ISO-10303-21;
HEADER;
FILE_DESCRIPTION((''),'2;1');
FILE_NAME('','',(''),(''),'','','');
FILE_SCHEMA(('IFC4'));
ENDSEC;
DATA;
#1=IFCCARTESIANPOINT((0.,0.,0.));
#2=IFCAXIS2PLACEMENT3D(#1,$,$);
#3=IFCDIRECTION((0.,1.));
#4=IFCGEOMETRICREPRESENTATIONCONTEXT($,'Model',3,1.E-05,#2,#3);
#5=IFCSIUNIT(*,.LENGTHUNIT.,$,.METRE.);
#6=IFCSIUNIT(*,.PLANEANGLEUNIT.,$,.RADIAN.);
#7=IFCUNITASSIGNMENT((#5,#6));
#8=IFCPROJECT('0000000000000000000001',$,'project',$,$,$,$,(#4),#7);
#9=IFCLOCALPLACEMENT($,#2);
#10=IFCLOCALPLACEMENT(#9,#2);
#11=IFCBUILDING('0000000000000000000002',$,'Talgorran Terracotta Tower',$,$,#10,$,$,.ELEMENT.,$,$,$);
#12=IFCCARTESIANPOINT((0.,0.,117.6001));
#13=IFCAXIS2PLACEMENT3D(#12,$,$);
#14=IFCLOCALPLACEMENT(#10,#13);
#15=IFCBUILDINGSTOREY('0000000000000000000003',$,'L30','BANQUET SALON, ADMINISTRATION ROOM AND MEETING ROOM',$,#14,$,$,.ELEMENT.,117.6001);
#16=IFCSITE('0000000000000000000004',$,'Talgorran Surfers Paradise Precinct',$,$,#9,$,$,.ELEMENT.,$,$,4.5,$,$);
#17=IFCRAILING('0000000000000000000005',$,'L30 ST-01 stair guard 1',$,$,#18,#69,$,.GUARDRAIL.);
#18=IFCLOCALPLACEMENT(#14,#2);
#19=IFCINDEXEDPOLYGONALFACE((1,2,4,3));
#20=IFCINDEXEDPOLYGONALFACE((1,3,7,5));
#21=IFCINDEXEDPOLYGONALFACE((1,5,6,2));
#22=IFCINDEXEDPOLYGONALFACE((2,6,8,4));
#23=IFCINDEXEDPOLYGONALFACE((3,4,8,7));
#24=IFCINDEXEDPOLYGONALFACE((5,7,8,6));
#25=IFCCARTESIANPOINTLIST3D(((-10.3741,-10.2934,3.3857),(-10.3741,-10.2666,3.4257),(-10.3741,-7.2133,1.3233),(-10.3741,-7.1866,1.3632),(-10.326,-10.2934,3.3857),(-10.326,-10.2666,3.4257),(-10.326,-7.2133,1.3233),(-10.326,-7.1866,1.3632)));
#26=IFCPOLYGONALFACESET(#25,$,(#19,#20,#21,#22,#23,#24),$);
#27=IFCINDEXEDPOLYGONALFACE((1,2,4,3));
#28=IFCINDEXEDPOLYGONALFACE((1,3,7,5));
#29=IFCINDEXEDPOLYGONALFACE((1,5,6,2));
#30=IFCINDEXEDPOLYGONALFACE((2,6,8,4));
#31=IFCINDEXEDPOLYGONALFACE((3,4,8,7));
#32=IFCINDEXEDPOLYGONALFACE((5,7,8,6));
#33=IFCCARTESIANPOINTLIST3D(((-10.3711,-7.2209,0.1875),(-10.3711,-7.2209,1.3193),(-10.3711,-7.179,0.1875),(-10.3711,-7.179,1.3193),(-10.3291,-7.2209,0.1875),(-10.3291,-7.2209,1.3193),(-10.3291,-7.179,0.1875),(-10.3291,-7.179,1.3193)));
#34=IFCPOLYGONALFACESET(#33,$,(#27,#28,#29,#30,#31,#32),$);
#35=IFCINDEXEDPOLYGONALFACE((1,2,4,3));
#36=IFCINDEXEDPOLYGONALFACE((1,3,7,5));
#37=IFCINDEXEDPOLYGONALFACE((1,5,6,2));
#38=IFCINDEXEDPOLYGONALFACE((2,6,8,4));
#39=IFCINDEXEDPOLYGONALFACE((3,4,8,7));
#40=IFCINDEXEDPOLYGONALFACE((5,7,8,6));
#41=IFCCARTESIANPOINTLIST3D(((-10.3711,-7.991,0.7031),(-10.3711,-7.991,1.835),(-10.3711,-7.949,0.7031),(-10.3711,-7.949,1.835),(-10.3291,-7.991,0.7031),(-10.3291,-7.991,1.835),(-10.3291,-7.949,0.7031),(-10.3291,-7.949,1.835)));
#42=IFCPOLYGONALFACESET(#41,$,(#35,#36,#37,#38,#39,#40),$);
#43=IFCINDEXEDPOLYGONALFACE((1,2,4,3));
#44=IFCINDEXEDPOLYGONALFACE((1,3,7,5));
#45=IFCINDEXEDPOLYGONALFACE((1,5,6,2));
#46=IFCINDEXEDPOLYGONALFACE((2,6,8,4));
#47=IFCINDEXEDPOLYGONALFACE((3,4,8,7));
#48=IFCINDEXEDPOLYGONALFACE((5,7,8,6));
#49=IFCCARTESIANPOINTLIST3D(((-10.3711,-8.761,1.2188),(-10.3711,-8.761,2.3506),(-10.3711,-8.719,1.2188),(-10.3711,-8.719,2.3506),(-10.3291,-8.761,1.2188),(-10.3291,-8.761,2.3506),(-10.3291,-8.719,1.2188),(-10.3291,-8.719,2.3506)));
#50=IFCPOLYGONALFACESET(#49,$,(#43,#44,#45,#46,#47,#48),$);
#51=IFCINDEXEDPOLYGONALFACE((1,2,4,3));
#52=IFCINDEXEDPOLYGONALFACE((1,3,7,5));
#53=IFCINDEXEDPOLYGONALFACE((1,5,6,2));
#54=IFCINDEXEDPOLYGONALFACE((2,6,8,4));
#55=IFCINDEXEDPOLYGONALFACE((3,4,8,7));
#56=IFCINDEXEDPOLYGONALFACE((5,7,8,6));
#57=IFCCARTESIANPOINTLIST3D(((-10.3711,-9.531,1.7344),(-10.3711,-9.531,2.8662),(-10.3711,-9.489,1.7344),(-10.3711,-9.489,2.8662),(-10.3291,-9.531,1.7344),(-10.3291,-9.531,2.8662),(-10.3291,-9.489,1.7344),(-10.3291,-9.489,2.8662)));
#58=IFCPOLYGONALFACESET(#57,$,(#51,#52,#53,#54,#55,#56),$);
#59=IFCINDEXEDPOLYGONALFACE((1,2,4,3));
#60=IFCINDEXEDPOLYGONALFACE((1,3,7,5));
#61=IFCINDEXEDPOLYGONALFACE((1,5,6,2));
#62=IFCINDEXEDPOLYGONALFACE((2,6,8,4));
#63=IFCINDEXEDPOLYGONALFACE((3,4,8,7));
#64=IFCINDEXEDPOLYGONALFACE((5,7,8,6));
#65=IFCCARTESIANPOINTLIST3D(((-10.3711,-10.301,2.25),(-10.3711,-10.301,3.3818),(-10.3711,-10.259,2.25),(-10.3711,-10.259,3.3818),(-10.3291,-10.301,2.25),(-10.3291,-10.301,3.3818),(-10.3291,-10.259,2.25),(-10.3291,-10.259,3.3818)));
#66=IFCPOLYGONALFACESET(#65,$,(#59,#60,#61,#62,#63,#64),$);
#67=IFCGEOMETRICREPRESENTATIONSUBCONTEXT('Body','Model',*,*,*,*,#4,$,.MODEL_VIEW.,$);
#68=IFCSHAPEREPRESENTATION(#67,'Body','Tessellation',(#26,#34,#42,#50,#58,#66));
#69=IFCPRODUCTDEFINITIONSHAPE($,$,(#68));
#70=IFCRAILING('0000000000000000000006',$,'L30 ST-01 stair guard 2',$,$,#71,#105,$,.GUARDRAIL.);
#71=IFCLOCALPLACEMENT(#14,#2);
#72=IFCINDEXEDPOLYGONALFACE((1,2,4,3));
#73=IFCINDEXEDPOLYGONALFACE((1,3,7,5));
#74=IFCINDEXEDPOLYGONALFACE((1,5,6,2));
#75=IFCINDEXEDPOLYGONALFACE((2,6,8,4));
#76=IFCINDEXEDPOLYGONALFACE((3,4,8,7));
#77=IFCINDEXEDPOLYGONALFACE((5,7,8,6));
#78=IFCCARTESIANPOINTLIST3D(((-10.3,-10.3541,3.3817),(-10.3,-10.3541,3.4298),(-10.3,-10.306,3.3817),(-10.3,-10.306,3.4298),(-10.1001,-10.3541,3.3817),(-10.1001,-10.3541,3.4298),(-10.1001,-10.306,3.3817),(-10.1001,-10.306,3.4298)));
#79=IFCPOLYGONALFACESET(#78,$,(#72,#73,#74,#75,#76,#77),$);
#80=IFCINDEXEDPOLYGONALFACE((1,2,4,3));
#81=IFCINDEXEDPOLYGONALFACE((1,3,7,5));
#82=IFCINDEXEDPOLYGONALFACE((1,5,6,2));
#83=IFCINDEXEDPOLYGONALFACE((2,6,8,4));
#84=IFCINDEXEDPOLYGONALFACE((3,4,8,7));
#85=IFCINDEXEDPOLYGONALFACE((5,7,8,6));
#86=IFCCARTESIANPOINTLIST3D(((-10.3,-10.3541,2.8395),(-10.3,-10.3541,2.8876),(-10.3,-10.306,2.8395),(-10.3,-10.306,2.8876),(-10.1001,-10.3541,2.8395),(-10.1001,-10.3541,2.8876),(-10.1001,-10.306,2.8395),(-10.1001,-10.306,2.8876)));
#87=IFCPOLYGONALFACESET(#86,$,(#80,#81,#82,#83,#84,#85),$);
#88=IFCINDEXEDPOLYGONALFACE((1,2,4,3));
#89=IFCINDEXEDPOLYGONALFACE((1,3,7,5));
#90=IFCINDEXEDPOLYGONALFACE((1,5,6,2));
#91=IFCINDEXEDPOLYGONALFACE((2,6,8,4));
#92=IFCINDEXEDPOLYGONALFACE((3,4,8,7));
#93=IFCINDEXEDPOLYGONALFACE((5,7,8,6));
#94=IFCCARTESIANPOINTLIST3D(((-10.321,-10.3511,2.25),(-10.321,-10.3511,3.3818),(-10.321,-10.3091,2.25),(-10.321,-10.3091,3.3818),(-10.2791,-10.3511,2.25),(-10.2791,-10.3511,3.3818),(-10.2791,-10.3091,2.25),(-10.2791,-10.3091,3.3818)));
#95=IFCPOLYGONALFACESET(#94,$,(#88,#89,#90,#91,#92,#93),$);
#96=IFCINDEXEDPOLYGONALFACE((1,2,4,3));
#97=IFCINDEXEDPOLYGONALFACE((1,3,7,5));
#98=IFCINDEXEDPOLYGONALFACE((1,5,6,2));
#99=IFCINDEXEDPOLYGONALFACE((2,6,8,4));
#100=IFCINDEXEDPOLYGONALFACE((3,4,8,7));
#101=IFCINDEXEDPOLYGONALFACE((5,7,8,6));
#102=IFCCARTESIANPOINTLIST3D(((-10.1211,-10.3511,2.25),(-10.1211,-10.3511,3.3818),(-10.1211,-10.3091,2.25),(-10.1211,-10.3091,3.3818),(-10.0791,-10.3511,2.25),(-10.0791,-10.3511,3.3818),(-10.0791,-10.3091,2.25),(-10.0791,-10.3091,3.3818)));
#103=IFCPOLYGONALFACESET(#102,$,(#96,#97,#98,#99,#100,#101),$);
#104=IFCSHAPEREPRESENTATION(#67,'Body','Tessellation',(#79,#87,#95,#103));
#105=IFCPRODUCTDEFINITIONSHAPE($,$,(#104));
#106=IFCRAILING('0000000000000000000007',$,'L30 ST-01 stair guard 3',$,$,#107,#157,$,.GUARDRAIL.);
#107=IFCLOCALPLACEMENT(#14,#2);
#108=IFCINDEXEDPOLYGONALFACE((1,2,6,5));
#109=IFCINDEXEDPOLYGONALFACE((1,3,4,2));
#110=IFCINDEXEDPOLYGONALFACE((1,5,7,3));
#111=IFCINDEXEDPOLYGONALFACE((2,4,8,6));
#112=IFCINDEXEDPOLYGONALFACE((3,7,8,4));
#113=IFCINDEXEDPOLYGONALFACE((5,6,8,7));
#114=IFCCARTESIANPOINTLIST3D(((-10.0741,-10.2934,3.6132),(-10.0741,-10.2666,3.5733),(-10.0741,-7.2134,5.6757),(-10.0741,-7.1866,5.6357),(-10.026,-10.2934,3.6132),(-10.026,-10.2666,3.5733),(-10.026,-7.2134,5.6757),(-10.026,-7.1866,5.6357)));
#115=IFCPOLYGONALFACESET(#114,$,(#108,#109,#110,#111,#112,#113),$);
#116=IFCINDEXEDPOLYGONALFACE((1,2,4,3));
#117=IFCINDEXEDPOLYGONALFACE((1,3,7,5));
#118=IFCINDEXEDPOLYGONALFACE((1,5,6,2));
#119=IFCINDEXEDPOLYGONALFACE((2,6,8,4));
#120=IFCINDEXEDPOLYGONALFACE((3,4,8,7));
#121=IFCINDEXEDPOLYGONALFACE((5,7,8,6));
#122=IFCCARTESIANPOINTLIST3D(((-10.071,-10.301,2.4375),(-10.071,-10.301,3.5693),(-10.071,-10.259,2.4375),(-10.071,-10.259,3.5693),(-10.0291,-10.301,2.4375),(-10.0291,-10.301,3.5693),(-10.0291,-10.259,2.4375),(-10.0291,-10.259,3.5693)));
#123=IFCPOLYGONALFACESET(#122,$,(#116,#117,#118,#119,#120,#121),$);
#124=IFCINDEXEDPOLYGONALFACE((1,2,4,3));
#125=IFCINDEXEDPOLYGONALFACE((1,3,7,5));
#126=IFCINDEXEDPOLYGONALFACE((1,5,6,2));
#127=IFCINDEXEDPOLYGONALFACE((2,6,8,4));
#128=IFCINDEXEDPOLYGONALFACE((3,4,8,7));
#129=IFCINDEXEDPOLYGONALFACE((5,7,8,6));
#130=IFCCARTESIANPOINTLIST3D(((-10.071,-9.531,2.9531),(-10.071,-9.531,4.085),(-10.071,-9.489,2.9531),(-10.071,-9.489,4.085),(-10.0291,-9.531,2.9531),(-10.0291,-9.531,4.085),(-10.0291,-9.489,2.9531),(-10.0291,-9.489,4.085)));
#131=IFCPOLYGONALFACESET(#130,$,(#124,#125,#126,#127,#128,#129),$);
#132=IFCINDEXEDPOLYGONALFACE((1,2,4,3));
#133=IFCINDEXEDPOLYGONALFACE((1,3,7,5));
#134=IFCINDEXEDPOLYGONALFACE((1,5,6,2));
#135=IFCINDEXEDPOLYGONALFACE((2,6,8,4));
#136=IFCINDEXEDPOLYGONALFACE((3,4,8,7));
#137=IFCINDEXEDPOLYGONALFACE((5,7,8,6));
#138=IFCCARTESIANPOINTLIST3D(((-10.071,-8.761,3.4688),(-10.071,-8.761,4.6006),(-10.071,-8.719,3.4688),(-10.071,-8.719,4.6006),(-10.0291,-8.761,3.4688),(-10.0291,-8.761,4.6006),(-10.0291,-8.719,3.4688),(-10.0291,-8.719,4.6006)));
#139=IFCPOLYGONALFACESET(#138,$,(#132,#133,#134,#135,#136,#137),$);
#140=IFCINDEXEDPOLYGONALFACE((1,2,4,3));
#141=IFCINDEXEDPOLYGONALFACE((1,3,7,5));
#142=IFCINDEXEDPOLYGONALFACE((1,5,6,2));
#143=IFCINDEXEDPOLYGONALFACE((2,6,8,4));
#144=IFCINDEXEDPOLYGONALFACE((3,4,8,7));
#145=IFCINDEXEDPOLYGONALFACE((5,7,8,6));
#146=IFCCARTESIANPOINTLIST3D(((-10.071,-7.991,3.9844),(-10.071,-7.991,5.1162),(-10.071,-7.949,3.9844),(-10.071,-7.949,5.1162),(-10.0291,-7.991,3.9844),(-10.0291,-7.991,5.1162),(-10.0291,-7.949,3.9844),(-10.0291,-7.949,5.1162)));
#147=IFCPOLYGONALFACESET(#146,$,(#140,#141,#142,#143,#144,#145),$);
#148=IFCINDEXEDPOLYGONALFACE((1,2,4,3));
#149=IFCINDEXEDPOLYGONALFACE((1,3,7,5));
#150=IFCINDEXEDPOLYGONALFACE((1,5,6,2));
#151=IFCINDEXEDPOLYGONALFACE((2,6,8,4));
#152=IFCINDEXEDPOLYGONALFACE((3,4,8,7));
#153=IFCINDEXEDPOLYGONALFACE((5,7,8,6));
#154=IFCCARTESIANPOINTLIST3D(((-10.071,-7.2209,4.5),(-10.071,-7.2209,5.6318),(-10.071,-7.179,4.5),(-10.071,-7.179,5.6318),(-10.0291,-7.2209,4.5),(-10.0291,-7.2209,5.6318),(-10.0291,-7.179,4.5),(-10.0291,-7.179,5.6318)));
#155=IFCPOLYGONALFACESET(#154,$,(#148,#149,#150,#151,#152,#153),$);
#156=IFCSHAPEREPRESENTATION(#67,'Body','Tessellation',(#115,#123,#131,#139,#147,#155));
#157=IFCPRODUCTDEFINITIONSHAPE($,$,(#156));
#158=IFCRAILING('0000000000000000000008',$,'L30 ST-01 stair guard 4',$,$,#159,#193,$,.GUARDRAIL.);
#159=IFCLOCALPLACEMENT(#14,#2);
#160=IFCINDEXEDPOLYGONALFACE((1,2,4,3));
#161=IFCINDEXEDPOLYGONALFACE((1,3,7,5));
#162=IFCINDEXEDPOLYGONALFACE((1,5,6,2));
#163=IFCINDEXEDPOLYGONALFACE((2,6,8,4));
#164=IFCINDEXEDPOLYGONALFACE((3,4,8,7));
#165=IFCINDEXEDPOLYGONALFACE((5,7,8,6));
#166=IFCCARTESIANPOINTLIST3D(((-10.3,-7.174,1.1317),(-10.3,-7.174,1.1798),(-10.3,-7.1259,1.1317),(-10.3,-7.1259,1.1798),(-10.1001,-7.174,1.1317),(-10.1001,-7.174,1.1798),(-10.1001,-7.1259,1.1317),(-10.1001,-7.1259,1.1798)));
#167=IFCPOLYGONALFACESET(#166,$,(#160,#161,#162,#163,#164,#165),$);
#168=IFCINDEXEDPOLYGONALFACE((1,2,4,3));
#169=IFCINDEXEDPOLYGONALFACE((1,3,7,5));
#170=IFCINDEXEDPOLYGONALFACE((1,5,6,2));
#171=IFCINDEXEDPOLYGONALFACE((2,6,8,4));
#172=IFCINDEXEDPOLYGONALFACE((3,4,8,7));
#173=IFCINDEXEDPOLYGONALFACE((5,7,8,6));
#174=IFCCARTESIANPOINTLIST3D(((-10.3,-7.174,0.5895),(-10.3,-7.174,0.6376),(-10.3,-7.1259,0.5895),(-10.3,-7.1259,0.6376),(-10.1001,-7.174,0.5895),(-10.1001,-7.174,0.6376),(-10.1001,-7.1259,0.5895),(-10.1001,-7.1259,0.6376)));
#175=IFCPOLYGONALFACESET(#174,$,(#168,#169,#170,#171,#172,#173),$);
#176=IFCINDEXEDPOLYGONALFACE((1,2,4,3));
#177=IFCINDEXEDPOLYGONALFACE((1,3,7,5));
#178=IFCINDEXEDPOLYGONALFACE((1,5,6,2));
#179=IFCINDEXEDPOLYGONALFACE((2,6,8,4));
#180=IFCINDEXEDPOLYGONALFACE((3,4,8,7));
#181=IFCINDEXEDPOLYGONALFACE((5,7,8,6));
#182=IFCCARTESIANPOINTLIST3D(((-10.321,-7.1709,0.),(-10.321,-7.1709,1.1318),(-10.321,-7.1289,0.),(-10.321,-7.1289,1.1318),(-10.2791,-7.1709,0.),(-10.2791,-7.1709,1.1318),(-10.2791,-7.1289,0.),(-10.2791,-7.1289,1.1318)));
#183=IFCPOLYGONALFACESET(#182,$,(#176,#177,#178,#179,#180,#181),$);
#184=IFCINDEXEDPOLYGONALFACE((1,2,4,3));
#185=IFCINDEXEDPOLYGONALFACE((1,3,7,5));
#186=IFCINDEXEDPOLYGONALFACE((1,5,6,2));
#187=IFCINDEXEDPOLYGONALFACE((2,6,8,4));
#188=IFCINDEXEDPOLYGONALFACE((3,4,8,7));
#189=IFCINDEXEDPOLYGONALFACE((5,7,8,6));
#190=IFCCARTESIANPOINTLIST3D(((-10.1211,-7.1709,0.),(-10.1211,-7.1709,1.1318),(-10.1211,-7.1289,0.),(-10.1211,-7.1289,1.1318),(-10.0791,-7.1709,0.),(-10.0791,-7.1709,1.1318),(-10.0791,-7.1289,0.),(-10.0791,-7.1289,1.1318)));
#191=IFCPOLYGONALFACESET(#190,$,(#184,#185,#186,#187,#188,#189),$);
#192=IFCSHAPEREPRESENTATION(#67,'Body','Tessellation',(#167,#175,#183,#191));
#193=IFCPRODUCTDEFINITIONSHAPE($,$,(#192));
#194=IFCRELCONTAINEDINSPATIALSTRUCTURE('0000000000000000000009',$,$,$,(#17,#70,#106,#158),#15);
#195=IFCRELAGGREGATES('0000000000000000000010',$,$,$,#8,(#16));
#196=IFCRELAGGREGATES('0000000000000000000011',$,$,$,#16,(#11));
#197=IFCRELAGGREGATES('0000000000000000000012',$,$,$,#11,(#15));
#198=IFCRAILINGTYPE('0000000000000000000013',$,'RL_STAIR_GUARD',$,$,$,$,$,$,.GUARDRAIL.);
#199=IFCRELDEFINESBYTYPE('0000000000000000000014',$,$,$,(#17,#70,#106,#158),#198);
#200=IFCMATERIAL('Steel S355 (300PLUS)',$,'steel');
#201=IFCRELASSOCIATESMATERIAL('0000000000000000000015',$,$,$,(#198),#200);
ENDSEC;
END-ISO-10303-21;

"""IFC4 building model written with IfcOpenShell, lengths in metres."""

from ifc_helpers import new_model, si_unit, direction, frame, origin, origin_2d, place, context, subcontext, project, spatial, rectangle, extrude, material, type_object, element, save


model = new_model("IFC4")

# Units and contexts
model_context = context("Model", 3, precision=1e-05, world=origin(), true_north=direction((0.0, 1.0)))
body_context = subcontext(model_context, "Body", "Model", "MODEL_VIEW")
ifc_project = project(units=[si_unit("LENGTHUNIT", "METRE"), si_unit("PLANEANGLEUNIT", "RADIAN")], contexts=[model_context])

# Site, building, storey
site_placement = place(None, origin())
site = spatial("IfcSite", under=ifc_project, at=site_placement, Name="Talgorran Surfers Paradise Precinct", CompositionType="ELEMENT", RefElevation=4.5)
building_placement = place(site_placement, origin())
building = spatial("IfcBuilding", under=site, at=building_placement, Name="Talgorran Terracotta Tower", CompositionType="ELEMENT")
storey_placement = place(building_placement, frame((0.0, 0.0, 117.6001)))
storey = spatial("IfcBuildingStorey", under=building, at=storey_placement, Name="L30", Description="BANQUET SALON, ADMINISTRATION ROOM AND MEETING ROOM", CompositionType="ELEMENT", Elevation=117.6001)

# Shared definitions
ifc_material_1 = material(Name="Steel S355 (300PLUS)", Category="steel")

# Railings
railing_type_1 = type_object("IfcRailingType", Name="RL_STAIR_GUARD", PredefinedType="GUARDRAIL", material=ifc_material_1)
railing_1_placement = place(storey_placement, frame((-10.3501, -7.2, 0.1875)))
element("IfcRailing", 1, at=railing_1_placement, inside=storey, type_object=railing_type_1, Name="L30 ST-01 stair guard 1", PredefinedType="GUARDRAIL", context=body_context, shape_type="SweptSolid", body=[
    extrude(rectangle(XDim=0.0481, YDim=0.0481, at=origin_2d()), frame((0.0, 0.0, 1.1558), z_axis=(0.0, -0.830914, 0.556401), x_axis=(1.0, 0.0, 0.0)), (0.0, 0.0, 1.0), 3.7068),
    extrude(rectangle(XDim=0.042, YDim=0.042, at=origin_2d()), origin(), (0.0, 0.0, 1.0), 1.1318),
    extrude(rectangle(XDim=0.042, YDim=0.042, at=origin_2d()), frame((0.0, -0.77, 0.5156)), (0.0, 0.0, 1.0), 1.1318),
    extrude(rectangle(XDim=0.042, YDim=0.042, at=origin_2d()), frame((0.0, -1.54, 1.0312)), (0.0, 0.0, 1.0), 1.1318),
    extrude(rectangle(XDim=0.042, YDim=0.042, at=origin_2d()), frame((0.0, -2.3101, 1.5469)), (0.0, 0.0, 1.0), 1.1318),
    extrude(rectangle(XDim=0.042, YDim=0.042, at=origin_2d()), frame((0.0, -3.0801, 2.0625)), (0.0, 0.0, 1.0), 1.1318),
])
railing_2_placement = place(storey_placement, frame((-10.3, -10.3301, 2.25)))
element("IfcRailing", 2, at=railing_2_placement, inside=storey, type_object=railing_type_1, Name="L30 ST-01 stair guard 2", PredefinedType="GUARDRAIL", context=body_context, shape_type="SweptSolid", body=[
    extrude(rectangle(XDim=0.0481, YDim=0.0481, at=origin_2d()), frame((0.0, 0.0, 1.1558), z_axis=(1.0, 0.0, 0.0), x_axis=(0.0, 1.0, 0.0)), (0.0, 0.0, 1.0), 0.2),
    extrude(rectangle(XDim=0.0481, YDim=0.0481, at=origin_2d()), frame((0.0, 0.0, 0.6135), z_axis=(1.0, 0.0, 0.0), x_axis=(0.0, 1.0, 0.0)), (0.0, 0.0, 1.0), 0.2),
    extrude(rectangle(XDim=0.042, YDim=0.042, at=origin_2d()), origin(), (0.0, 0.0, 1.0), 1.1318),
    extrude(rectangle(XDim=0.042, YDim=0.042, at=origin_2d()), frame((0.2, 0.0, 0.0)), (0.0, 0.0, 1.0), 1.1318),
])
railing_3_placement = place(storey_placement, frame((-10.05, -10.28, 2.4375)))
element("IfcRailing", 3, at=railing_3_placement, inside=storey, type_object=railing_type_1, Name="L30 ST-01 stair guard 3", PredefinedType="GUARDRAIL", context=body_context, shape_type="SweptSolid", body=[
    extrude(rectangle(XDim=0.0481, YDim=0.0481, at=origin_2d()), frame((0.0, 0.0, 1.1558), z_axis=(0.0, 0.830914, 0.556401), x_axis=(-1.0, 0.0, 0.0)), (0.0, 0.0, 1.0), 3.7068),
    extrude(rectangle(XDim=0.042, YDim=0.042, at=origin_2d()), origin(), (0.0, 0.0, 1.0), 1.1318),
    extrude(rectangle(XDim=0.042, YDim=0.042, at=origin_2d()), frame((0.0, 0.77, 0.5156)), (0.0, 0.0, 1.0), 1.1318),
    extrude(rectangle(XDim=0.042, YDim=0.042, at=origin_2d()), frame((0.0, 1.54, 1.0312)), (0.0, 0.0, 1.0), 1.1318),
    extrude(rectangle(XDim=0.042, YDim=0.042, at=origin_2d()), frame((0.0, 2.3101, 1.5469)), (0.0, 0.0, 1.0), 1.1318),
    extrude(rectangle(XDim=0.042, YDim=0.042, at=origin_2d()), frame((0.0, 3.0801, 2.0625)), (0.0, 0.0, 1.0), 1.1318),
])
railing_4_placement = place(storey_placement, frame((-10.3, -7.1499, 0.0)))
element("IfcRailing", 4, at=railing_4_placement, inside=storey, type_object=railing_type_1, Name="L30 ST-01 stair guard 4", PredefinedType="GUARDRAIL", context=body_context, shape_type="SweptSolid", body=[
    extrude(rectangle(XDim=0.0481, YDim=0.0481, at=origin_2d()), frame((0.0, 0.0, 1.1558), z_axis=(1.0, 0.0, 0.0), x_axis=(0.0, 1.0, 0.0)), (0.0, 0.0, 1.0), 0.2),
    extrude(rectangle(XDim=0.0481, YDim=0.0481, at=origin_2d()), frame((0.0, 0.0, 0.6135), z_axis=(1.0, 0.0, 0.0), x_axis=(0.0, 1.0, 0.0)), (0.0, 0.0, 1.0), 0.2),
    extrude(rectangle(XDim=0.042, YDim=0.042, at=origin_2d()), origin(), (0.0, 0.0, 1.0), 1.1318),
    extrude(rectangle(XDim=0.042, YDim=0.042, at=origin_2d()), frame((0.2, 0.0, 0.0)), (0.0, 0.0, 1.0), 1.1318),
])

save(model, "model.ifc")
